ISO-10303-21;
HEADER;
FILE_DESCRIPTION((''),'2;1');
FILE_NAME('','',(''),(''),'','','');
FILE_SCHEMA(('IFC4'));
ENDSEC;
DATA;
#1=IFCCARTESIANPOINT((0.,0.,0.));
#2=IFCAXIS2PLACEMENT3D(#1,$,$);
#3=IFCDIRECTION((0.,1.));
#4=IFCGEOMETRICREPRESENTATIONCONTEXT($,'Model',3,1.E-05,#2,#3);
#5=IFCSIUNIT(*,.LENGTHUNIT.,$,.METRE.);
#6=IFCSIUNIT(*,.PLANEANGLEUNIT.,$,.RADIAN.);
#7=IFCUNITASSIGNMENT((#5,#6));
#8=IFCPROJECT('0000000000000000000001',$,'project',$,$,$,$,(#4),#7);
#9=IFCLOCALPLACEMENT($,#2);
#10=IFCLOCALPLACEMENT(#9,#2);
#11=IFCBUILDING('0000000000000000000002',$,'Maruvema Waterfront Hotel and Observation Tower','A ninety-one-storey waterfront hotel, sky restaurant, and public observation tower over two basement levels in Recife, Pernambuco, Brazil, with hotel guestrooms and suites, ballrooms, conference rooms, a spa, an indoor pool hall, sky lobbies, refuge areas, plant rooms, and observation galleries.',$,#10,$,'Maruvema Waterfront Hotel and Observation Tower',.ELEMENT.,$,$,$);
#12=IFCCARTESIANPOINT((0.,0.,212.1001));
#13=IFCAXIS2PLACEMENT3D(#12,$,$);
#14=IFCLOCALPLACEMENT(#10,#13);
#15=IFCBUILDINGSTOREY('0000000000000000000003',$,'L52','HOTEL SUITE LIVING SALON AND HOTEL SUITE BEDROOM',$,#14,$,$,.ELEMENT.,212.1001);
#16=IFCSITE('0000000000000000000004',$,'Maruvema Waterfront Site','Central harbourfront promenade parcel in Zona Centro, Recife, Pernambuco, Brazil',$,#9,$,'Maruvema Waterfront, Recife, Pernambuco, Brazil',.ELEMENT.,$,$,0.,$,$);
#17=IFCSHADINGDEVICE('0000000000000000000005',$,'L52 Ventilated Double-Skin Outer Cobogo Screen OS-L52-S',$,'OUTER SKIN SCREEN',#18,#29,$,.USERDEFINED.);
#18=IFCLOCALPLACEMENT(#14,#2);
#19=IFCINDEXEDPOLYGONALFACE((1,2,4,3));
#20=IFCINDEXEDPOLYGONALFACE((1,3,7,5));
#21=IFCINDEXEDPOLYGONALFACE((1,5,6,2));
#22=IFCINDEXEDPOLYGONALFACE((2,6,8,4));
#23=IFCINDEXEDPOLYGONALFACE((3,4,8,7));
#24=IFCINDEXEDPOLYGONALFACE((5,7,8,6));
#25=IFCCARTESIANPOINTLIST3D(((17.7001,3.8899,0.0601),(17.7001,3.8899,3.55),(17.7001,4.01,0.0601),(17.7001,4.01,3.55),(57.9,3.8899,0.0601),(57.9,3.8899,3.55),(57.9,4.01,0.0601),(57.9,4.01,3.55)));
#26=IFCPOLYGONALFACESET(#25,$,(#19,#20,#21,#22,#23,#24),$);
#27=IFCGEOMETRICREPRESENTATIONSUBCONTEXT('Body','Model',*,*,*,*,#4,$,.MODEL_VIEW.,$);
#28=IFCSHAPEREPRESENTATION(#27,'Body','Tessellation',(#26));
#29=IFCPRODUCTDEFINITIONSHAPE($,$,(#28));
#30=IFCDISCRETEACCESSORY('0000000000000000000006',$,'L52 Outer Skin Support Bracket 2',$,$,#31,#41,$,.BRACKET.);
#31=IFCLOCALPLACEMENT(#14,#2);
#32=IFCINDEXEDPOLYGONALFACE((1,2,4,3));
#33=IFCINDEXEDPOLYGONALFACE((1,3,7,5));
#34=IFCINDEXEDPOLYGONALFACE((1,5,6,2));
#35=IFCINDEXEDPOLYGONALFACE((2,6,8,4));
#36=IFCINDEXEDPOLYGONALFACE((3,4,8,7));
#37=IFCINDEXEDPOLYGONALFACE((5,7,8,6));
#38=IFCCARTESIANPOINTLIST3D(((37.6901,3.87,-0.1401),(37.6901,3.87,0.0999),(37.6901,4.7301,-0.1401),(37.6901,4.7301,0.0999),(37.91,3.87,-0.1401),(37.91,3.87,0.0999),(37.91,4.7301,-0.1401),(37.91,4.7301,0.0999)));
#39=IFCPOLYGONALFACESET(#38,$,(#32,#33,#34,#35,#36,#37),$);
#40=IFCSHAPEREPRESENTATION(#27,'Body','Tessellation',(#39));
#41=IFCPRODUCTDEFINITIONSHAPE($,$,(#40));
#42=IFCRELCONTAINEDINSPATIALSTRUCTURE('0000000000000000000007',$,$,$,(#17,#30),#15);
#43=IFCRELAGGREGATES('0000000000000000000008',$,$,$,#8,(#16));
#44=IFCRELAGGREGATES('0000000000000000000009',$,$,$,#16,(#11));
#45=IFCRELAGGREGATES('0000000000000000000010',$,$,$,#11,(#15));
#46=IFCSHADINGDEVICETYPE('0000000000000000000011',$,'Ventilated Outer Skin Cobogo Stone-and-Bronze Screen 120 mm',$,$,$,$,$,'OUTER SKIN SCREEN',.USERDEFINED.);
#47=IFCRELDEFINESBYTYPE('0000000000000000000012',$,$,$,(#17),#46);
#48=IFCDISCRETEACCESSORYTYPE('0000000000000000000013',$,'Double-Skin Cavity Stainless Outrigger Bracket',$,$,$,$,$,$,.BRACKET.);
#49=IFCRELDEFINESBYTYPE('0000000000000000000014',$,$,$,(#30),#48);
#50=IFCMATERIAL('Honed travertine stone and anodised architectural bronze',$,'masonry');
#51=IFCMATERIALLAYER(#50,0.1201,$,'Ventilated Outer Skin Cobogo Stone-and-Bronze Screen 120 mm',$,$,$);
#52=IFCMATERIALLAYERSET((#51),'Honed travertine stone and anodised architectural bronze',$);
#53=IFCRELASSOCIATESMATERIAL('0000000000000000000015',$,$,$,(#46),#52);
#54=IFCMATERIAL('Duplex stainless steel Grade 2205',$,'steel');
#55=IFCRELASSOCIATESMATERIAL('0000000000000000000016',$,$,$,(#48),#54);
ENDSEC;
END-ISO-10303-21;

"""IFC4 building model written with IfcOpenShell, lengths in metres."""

from ifc_helpers import new_model, si_unit, direction, frame, origin, origin_2d, place, context, subcontext, project, spatial, rectangle, extrude, material, layer, layer_set, type_object, element, save


model = new_model("IFC4")

# Units and contexts
model_context = context("Model", 3, precision=1e-05, world=origin(), true_north=direction((0.0, 1.0)))
body_context = subcontext(model_context, "Body", "Model", "MODEL_VIEW")
ifc_project = project(units=[si_unit("LENGTHUNIT", "METRE"), si_unit("PLANEANGLEUNIT", "RADIAN")], contexts=[model_context])

# Site, building, storey
site_placement = place(None, origin())
site = spatial("IfcSite", under=ifc_project, at=site_placement, Name="Maruvema Waterfront Site", Description="Central harbourfront promenade parcel in Zona Centro, Recife, Pernambuco, Brazil", LongName="Maruvema Waterfront, Recife, Pernambuco, Brazil", CompositionType="ELEMENT", RefElevation=0.0)
building_placement = place(site_placement, origin())
building = spatial("IfcBuilding", under=site, at=building_placement, Name="Maruvema Waterfront Hotel and Observation Tower", Description="A ninety-one-storey waterfront hotel, sky restaurant, and public observation tower over two basement levels in Recife, Pernambuco, Brazil, with hotel guestrooms and suites, ballrooms, conference rooms, a spa, an indoor pool hall, sky lobbies, refuge areas, plant rooms, and observation galleries.", LongName="Maruvema Waterfront Hotel and Observation Tower", CompositionType="ELEMENT")
storey_placement = place(building_placement, frame((0.0, 0.0, 212.1001)))
storey = spatial("IfcBuildingStorey", under=building, at=storey_placement, Name="L52", Description="HOTEL SUITE LIVING SALON AND HOTEL SUITE BEDROOM", CompositionType="ELEMENT", Elevation=212.1001)

# Shading device
ifc_material_1 = material(Name="Honed travertine stone and anodised architectural bronze", Category="masonry")
ifc_layer_1 = layer(ifc_material_1, 0.1201, Name="Ventilated Outer Skin Cobogo Stone-and-Bronze Screen 120 mm")
ifc_layer_set_1 = layer_set([ifc_layer_1], Name="Honed travertine stone and anodised architectural bronze")
shading_device_type = type_object("IfcShadingDeviceType", Name="Ventilated Outer Skin Cobogo Stone-and-Bronze Screen 120 mm", ElementType="OUTER SKIN SCREEN", PredefinedType="USERDEFINED", material=ifc_layer_set_1)
shading_device_placement = place(storey_placement, frame((37.8, 3.95, 0.0601), z_axis=(0.0, 0.0, 1.0), x_axis=(1.0, 0.0, 0.0)))
element("IfcShadingDevice", 1, at=shading_device_placement, inside=storey, type_object=shading_device_type, Name="L52 Ventilated Double-Skin Outer Cobogo Screen OS-L52-S", ObjectType="OUTER SKIN SCREEN", PredefinedType="USERDEFINED", context=body_context, shape_type="SweptSolid", body=[
    extrude(rectangle(XDim=40.2, YDim=0.1201, at=origin_2d()), origin(), (0.0, 0.0, 1.0), 3.49),
])

# Discrete accessory
ifc_material_2 = material(Name="Duplex stainless steel Grade 2205", Category="steel")
discrete_accessory_type = type_object("IfcDiscreteAccessoryType", Name="Double-Skin Cavity Stainless Outrigger Bracket", PredefinedType="BRACKET", material=ifc_material_2)
discrete_accessory_placement = place(storey_placement, frame((37.8, 4.3, -0.1401), z_axis=(0.0, 0.0, 1.0), x_axis=(1.0, 0.0, 0.0)))
element("IfcDiscreteAccessory", 2, at=discrete_accessory_placement, inside=storey, type_object=discrete_accessory_type, Name="L52 Outer Skin Support Bracket 2", PredefinedType="BRACKET", context=body_context, shape_type="SweptSolid", body=[
    extrude(rectangle(XDim=0.22, YDim=0.8601, at=origin_2d()), origin(), (0.0, 0.0, 1.0), 0.24),
])

save(model, "model.ifc")
